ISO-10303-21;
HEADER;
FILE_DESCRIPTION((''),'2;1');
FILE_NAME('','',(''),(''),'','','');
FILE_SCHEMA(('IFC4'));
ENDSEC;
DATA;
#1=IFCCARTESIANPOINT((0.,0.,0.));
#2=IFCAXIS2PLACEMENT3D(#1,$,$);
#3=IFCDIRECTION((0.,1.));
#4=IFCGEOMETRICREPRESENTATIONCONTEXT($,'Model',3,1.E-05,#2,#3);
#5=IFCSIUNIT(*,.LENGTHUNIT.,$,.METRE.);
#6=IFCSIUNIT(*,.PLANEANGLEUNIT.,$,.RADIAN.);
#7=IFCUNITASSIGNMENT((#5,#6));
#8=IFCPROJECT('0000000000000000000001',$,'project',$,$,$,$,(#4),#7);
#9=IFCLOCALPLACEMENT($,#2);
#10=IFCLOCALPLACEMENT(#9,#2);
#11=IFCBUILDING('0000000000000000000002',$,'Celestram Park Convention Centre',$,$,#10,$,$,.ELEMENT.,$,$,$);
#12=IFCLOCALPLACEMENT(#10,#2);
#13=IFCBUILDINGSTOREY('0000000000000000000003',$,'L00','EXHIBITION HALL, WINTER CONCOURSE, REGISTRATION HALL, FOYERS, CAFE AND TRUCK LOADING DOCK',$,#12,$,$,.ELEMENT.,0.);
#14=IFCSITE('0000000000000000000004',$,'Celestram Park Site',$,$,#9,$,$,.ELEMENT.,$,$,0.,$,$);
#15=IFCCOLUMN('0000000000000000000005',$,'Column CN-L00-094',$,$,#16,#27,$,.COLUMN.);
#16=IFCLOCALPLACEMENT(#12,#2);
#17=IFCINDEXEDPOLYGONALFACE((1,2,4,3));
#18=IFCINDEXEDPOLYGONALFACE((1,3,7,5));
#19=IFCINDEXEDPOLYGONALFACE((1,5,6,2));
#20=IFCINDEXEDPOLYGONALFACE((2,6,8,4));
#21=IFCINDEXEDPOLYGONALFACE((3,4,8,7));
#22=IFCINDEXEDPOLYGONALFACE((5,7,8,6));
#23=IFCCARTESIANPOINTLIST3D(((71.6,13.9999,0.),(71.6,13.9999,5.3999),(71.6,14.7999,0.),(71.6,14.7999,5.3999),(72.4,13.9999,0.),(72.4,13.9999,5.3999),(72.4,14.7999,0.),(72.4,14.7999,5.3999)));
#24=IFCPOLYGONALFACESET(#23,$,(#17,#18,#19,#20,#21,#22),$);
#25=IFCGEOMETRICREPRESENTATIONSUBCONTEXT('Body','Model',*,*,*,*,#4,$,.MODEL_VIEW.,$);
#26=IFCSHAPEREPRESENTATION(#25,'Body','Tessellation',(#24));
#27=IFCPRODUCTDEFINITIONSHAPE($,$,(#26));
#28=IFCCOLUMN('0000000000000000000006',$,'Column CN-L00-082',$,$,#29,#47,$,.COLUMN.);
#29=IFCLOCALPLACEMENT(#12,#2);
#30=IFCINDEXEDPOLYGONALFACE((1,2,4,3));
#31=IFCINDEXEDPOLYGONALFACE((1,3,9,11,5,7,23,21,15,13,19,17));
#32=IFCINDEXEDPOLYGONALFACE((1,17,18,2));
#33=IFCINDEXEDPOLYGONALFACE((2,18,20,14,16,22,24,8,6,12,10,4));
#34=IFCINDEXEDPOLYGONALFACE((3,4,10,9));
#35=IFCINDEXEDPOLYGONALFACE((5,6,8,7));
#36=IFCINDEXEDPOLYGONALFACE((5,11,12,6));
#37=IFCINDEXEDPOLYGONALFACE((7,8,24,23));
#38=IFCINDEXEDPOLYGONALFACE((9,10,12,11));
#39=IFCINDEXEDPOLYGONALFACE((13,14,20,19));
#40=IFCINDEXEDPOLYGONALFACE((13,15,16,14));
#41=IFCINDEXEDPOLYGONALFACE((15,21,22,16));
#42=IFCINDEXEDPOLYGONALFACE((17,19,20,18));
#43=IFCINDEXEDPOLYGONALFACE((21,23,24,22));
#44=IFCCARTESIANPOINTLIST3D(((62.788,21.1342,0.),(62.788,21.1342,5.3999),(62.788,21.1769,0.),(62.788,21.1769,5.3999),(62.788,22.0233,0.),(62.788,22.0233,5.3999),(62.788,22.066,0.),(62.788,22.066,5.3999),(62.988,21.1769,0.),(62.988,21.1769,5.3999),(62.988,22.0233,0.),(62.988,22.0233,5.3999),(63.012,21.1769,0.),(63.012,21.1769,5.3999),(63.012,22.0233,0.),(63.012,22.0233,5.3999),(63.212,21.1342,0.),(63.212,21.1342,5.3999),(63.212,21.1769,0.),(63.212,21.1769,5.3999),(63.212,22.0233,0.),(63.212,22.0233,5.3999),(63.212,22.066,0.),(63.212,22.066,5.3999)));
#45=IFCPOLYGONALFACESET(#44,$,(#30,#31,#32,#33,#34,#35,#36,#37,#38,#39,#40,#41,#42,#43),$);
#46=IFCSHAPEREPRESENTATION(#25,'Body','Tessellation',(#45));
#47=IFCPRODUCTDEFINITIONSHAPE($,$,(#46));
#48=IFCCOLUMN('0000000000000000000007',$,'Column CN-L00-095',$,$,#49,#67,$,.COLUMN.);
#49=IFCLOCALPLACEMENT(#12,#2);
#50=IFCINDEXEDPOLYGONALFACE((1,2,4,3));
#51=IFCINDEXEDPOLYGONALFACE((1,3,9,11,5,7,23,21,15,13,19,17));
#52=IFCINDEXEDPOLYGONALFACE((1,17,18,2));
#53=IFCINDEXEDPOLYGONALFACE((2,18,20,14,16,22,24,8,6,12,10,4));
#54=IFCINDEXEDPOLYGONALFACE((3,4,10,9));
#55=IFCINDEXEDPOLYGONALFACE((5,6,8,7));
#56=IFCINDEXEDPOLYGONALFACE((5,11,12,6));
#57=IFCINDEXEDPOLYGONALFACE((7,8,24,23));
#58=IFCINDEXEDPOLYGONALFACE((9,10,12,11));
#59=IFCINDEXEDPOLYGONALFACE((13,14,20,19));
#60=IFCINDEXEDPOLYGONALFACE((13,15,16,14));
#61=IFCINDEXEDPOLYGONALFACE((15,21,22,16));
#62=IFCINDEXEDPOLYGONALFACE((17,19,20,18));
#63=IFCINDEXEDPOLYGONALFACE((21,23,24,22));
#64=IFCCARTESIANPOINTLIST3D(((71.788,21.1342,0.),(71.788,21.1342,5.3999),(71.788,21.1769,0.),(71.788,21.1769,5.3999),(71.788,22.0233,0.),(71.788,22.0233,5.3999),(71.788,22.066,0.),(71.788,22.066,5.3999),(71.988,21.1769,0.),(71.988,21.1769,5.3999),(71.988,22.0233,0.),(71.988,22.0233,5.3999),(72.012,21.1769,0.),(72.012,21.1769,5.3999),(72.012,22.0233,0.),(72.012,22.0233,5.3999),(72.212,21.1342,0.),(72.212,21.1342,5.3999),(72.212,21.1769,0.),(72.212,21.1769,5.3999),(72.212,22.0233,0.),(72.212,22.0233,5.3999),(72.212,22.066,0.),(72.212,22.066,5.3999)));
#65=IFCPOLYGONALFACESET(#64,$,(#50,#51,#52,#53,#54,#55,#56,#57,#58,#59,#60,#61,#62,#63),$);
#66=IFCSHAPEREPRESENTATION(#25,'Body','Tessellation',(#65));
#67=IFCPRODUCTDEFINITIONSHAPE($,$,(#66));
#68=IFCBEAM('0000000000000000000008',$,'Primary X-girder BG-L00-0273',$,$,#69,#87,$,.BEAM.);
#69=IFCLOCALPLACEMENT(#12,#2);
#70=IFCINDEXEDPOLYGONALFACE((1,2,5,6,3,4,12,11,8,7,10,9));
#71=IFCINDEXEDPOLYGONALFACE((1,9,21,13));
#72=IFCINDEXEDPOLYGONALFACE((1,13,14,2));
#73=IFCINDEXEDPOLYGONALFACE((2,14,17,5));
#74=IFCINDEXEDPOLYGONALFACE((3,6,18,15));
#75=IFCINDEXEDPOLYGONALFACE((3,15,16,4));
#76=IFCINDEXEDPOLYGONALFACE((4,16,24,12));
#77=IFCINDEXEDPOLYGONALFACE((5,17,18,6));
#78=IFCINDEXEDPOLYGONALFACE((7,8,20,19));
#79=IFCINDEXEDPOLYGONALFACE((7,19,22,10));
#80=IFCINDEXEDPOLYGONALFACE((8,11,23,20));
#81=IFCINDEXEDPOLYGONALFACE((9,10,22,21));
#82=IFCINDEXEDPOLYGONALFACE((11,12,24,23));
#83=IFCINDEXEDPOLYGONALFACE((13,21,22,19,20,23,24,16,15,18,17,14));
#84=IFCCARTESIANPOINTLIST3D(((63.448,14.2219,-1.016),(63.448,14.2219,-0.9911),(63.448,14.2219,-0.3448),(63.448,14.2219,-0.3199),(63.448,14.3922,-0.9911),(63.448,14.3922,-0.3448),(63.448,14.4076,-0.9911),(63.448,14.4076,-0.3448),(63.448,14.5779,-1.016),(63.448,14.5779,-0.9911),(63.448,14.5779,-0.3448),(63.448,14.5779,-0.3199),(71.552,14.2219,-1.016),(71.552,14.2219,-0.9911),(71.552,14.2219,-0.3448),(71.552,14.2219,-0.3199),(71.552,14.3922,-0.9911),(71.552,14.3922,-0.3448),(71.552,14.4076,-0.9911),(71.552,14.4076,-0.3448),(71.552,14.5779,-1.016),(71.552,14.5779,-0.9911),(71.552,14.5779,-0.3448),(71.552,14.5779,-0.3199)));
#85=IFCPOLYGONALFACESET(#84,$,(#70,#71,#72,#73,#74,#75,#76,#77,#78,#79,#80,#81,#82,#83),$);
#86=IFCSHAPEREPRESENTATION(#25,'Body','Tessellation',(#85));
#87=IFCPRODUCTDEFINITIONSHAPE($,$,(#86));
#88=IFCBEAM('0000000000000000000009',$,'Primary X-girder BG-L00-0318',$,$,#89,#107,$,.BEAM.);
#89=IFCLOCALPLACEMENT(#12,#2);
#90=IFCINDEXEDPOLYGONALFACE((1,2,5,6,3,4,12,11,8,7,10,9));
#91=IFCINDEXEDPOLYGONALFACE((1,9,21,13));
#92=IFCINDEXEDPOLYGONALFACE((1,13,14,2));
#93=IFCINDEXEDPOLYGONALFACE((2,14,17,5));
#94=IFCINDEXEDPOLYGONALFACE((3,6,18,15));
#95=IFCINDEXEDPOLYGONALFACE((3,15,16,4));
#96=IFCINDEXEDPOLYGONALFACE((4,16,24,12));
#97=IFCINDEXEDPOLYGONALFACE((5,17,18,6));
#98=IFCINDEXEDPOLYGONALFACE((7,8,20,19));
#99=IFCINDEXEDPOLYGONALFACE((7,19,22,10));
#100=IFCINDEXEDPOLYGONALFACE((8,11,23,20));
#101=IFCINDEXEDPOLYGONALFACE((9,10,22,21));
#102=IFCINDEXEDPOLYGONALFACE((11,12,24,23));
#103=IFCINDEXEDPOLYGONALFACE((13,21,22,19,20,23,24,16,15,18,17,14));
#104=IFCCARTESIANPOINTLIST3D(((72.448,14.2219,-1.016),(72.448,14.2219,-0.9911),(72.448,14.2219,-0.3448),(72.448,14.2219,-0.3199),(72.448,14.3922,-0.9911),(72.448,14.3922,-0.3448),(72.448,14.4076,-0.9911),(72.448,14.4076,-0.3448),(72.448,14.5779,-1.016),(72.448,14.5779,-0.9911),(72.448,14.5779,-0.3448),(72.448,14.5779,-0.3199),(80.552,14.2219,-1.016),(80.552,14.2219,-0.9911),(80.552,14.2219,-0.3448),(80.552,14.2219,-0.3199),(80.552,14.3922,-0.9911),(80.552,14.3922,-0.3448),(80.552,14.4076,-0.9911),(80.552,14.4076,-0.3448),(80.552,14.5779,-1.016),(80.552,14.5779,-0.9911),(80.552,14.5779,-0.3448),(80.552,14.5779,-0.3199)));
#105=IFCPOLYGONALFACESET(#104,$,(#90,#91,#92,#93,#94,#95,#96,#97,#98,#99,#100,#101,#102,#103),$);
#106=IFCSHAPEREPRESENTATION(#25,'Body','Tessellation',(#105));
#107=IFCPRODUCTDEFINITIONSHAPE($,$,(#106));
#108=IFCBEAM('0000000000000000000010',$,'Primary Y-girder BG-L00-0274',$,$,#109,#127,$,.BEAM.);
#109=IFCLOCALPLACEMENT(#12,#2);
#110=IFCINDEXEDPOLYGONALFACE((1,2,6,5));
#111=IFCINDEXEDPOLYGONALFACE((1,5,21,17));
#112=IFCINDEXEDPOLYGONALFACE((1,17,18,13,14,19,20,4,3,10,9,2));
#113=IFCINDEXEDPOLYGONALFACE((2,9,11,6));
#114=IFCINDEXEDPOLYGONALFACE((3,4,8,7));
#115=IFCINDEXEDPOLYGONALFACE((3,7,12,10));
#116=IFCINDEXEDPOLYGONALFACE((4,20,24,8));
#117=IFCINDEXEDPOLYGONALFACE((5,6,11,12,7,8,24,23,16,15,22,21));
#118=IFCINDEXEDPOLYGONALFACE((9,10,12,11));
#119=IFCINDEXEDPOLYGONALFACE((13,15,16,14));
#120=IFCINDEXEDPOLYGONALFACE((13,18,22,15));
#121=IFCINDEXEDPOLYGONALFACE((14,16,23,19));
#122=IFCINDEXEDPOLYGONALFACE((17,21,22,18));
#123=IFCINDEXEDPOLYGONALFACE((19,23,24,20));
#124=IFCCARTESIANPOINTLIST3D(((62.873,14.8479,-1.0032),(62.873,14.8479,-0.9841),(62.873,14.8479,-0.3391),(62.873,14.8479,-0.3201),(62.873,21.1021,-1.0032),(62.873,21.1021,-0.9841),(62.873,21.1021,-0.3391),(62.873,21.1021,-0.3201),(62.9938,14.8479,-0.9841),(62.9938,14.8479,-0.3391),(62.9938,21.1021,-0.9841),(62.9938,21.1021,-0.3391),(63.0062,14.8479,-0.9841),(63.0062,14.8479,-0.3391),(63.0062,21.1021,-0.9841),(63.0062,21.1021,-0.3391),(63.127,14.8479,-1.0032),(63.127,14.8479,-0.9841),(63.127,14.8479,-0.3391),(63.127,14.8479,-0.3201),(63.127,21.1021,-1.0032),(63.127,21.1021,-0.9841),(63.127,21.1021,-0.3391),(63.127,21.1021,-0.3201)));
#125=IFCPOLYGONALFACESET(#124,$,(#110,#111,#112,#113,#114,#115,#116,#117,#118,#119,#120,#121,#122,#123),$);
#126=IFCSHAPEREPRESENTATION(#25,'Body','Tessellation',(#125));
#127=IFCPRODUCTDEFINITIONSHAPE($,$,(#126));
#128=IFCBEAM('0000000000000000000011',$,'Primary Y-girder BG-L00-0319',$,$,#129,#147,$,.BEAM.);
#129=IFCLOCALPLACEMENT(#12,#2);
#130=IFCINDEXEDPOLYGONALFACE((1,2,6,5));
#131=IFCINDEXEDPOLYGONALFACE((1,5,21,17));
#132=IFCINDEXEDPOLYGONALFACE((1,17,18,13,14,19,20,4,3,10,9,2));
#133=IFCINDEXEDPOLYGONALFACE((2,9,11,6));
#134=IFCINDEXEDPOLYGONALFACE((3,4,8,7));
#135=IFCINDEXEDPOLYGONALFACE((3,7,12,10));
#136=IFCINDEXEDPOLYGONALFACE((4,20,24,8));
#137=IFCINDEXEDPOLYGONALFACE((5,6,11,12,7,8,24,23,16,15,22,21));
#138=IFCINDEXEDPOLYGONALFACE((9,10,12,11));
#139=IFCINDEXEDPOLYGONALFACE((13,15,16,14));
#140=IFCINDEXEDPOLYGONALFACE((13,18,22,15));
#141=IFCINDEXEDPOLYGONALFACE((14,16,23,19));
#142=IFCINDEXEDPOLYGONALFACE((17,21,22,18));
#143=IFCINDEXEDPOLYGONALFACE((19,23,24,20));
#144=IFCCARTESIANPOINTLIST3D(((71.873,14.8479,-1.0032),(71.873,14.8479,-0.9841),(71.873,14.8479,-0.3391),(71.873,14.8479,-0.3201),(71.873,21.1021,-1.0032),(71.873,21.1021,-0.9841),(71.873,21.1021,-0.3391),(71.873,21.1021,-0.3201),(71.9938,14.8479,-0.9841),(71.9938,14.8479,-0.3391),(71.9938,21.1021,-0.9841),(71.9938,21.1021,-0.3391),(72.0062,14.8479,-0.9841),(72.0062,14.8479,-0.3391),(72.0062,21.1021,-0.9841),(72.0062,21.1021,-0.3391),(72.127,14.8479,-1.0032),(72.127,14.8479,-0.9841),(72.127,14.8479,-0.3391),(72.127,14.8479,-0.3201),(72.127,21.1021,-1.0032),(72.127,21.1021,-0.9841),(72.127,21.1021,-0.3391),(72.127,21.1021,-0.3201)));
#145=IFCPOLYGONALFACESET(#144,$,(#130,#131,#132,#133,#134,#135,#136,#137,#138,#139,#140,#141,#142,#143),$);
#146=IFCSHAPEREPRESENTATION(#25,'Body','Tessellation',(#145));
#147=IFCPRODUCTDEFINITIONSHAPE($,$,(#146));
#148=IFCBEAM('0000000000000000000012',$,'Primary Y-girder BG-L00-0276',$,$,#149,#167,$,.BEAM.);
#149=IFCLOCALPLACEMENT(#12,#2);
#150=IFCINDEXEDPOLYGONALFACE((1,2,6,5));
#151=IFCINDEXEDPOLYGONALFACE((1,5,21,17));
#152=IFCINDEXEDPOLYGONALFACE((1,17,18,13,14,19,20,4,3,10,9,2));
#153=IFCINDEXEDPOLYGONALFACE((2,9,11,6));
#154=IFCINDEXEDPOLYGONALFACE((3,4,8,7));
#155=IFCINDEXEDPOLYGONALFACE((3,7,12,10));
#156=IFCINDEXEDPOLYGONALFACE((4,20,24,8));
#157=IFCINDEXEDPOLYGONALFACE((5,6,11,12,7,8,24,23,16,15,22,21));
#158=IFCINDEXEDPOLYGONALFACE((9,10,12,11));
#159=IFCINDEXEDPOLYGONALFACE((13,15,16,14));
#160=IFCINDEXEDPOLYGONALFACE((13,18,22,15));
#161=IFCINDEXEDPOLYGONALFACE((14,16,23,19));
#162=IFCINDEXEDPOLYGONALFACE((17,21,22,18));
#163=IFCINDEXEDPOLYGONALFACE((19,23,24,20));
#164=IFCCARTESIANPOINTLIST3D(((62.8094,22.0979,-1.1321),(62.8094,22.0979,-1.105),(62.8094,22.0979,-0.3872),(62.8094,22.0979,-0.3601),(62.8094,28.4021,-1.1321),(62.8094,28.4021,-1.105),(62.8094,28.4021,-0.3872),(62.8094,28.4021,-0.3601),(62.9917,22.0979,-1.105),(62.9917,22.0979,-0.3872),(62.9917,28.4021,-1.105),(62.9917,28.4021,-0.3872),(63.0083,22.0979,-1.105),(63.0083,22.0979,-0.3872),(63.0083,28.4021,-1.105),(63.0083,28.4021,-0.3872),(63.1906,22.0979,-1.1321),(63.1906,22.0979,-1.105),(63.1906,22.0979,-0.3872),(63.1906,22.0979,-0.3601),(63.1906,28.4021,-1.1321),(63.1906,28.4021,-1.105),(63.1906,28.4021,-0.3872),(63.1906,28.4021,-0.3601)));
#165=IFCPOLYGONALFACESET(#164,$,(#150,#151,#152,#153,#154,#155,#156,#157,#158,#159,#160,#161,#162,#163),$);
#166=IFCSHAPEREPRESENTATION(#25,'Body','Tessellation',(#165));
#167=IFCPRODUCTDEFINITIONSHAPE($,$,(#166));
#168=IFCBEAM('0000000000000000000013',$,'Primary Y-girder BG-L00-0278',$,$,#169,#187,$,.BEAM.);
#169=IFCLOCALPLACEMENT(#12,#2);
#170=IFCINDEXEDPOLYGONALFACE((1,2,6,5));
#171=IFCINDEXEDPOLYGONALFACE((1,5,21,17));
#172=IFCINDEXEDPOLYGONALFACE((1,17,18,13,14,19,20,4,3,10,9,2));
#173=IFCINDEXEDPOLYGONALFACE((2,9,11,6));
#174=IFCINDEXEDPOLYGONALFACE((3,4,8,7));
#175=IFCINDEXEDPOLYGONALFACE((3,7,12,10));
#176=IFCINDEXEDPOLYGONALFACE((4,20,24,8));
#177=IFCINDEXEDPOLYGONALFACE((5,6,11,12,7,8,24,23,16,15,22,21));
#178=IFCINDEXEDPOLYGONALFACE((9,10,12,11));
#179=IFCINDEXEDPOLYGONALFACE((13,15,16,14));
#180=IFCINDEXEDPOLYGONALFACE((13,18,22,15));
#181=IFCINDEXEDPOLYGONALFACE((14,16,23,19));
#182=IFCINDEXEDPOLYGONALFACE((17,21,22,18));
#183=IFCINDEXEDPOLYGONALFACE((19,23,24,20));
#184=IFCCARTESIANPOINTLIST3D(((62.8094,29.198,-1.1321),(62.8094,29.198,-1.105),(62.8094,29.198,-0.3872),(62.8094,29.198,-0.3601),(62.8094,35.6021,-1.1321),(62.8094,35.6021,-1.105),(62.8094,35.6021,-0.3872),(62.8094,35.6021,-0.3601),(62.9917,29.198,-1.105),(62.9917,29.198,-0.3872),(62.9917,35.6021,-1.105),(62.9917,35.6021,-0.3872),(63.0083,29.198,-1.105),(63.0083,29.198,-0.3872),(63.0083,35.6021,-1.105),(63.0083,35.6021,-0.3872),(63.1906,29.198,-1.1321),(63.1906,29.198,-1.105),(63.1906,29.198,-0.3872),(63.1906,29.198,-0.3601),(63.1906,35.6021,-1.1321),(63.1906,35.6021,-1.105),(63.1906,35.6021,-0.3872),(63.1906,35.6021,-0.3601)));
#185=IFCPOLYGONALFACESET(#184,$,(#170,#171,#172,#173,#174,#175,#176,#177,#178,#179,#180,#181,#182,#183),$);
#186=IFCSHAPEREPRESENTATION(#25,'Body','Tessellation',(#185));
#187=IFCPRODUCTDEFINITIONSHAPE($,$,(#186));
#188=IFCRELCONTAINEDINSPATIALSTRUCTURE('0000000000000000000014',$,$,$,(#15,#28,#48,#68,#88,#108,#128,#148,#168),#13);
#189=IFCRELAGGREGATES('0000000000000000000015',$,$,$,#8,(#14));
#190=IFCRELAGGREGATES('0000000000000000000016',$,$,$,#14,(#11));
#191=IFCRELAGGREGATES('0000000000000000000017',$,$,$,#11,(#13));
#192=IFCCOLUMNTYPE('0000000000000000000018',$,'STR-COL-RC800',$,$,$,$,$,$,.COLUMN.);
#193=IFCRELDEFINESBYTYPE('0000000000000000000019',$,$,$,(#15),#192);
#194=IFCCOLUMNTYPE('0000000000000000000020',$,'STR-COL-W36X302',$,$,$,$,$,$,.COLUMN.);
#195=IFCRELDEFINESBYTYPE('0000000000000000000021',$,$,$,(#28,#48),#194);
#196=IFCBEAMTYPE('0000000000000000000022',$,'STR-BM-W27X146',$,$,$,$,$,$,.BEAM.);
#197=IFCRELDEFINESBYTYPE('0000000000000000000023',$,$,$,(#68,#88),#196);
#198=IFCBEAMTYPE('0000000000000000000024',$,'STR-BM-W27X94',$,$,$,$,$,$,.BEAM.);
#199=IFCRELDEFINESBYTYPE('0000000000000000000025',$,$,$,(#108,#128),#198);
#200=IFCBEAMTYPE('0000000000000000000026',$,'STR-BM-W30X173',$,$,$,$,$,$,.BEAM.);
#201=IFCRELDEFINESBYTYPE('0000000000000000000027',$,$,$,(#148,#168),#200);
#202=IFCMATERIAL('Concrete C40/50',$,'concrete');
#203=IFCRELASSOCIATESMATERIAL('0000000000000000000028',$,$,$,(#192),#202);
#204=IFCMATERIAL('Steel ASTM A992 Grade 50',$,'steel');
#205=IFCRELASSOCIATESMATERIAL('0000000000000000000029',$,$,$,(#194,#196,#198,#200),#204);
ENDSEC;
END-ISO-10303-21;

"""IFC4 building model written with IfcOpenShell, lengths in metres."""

from ifc_helpers import new_model, si_unit, direction, frame, origin, origin_2d, place, context, subcontext, project, spatial, rectangle, i_section, extrude, material, material_profile, profile_set, type_object, element, save


model = new_model("IFC4")

# Units and contexts
model_context = context("Model", 3, precision=1e-05, world=origin(), true_north=direction((0.0, 1.0)))
body_context = subcontext(model_context, "Body", "Model", "MODEL_VIEW")
ifc_project = project(units=[si_unit("LENGTHUNIT", "METRE"), si_unit("PLANEANGLEUNIT", "RADIAN")], contexts=[model_context])

# Site, building, storey
site_placement = place(None, origin())
site = spatial("IfcSite", under=ifc_project, at=site_placement, Name="Celestram Park Site", CompositionType="ELEMENT", RefElevation=0.0)
building_placement = place(site_placement, origin())
building = spatial("IfcBuilding", under=site, at=building_placement, Name="Celestram Park Convention Centre", CompositionType="ELEMENT")
storey_placement = place(building_placement, origin())
storey = spatial("IfcBuildingStorey", under=building, at=storey_placement, Name="L00", Description="EXHIBITION HALL, WINTER CONCOURSE, REGISTRATION HALL, FOYERS, CAFE AND TRUCK LOADING DOCK", CompositionType="ELEMENT", Elevation=0.0)

# Columns
ifc_material_1 = material(Name="Concrete C40/50", Category="concrete")
ifc_material_profile_1 = material_profile(ifc_material_1, rectangle(XDim=0.8, YDim=0.8, at=origin_2d()), Name="RC800X800")
ifc_profile_set_1 = profile_set([ifc_material_profile_1], Name="Concrete C40/50")
column_type_1 = type_object("IfcColumnType", Name="STR-COL-RC800", PredefinedType="COLUMN", material=ifc_profile_set_1)
column_placement = place(storey_placement, frame((72.0, 14.3999, 0.0), z_axis=(0.0, 0.0, 1.0), x_axis=(1.0, 0.0, 0.0)))
element("IfcColumn", 1, at=column_placement, inside=storey, type_object=column_type_1, Name="Column CN-L00-094", PredefinedType="COLUMN", context=body_context, shape_type="SweptSolid", body=[
    extrude(rectangle(XDim=0.8, YDim=0.8, at=origin_2d()), origin(), (0.0, 0.0, 1.0), 5.3999),
])
ifc_material_2 = material(Name="Steel ASTM A992 Grade 50", Category="steel")
ifc_material_profile_2 = material_profile(ifc_material_2, i_section(OverallWidth=0.4241, OverallDepth=0.9319, WebThickness=0.0239, FlangeThickness=0.0427, at=origin_2d()), Name="W36X302")
ifc_profile_set_2 = profile_set([ifc_material_profile_2], Name="Steel ASTM A992 Grade 50")
column_type_2 = type_object("IfcColumnType", Name="STR-COL-W36X302", PredefinedType="COLUMN", material=ifc_profile_set_2)
for number, where, z_axis, x_axis, name in (
    (2, (63.0, 21.6001, 0.0), (0.0, 0.0, 1.0), (1.0, 0.0, 0.0), "Column CN-L00-082"),
    (3, (72.0, 21.6001, 0.0), (0.0, 0.0, 1.0), (1.0, 0.0, 0.0), "Column CN-L00-095"),
):
    element("IfcColumn", number, at=place(storey_placement, frame(where, z_axis=z_axis, x_axis=x_axis)), inside=storey, type_object=column_type_2, Name=name, PredefinedType="COLUMN", context=body_context, shape_type="SweptSolid", body=[
        extrude(i_section(OverallWidth=0.4241, OverallDepth=0.9319, WebThickness=0.0239, FlangeThickness=0.0427, at=origin_2d()), origin(), (0.0, 0.0, 1.0), 5.3999),
    ])

# Beams
ifc_material_profile_3 = material_profile(ifc_material_2, i_section(OverallWidth=0.356, OverallDepth=0.696, WebThickness=0.0154, FlangeThickness=0.0249, at=origin_2d()), Name="W27X146")
ifc_profile_set_3 = profile_set([ifc_material_profile_3], Name="Steel ASTM A992 Grade 50")
beam_type_1 = type_object("IfcBeamType", Name="STR-BM-W27X146", PredefinedType="BEAM", material=ifc_profile_set_3)
for number, where, z_axis, x_axis, name in (
    (4, (63.448, 14.3999, -0.668), (1.0, 0.0, 0.0), (0.0, 1.0, 0.0), "Primary X-girder BG-L00-0273"),
    (5, (72.448, 14.3999, -0.668), (1.0, 0.0, 0.0), (0.0, 1.0, 0.0), "Primary X-girder BG-L00-0318"),
):
    element("IfcBeam", number, at=place(storey_placement, frame(where, z_axis=z_axis, x_axis=x_axis)), inside=storey, type_object=beam_type_1, Name=name, PredefinedType="BEAM", context=body_context, shape_type="SweptSolid", body=[
        extrude(i_section(OverallWidth=0.356, OverallDepth=0.696, WebThickness=0.0154, FlangeThickness=0.0249, at=origin_2d()), origin(), (0.0, 0.0, 1.0), 8.104),
    ])
ifc_material_profile_4 = material_profile(ifc_material_2, i_section(OverallWidth=0.2539, OverallDepth=0.6831, WebThickness=0.0125, FlangeThickness=0.019, at=origin_2d()), Name="W27X94")
ifc_profile_set_4 = profile_set([ifc_material_profile_4], Name="Steel ASTM A992 Grade 50")
beam_type_2 = type_object("IfcBeamType", Name="STR-BM-W27X94", PredefinedType="BEAM", material=ifc_profile_set_4)
for number, where, z_axis, x_axis, name in (
    (6, (63.0, 14.8479, -0.6616), (0.0, 1.0, 0.0), (-1.0, 0.0, 0.0), "Primary Y-girder BG-L00-0274"),
    (7, (72.0, 14.8479, -0.6616), (0.0, 1.0, 0.0), (-1.0, 0.0, 0.0), "Primary Y-girder BG-L00-0319"),
):
    element("IfcBeam", number, at=place(storey_placement, frame(where, z_axis=z_axis, x_axis=x_axis)), inside=storey, type_object=beam_type_2, Name=name, PredefinedType="BEAM", context=body_context, shape_type="SweptSolid", body=[
        extrude(i_section(OverallWidth=0.2539, OverallDepth=0.6831, WebThickness=0.0125, FlangeThickness=0.019, at=origin_2d()), origin(), (0.0, 0.0, 1.0), 6.2542),
    ])
ifc_material_profile_5 = material_profile(ifc_material_2, i_section(OverallWidth=0.3811, OverallDepth=0.772, WebThickness=0.0166, FlangeThickness=0.0271, at=origin_2d()), Name="W30X173")
ifc_profile_set_5 = profile_set([ifc_material_profile_5], Name="Steel ASTM A992 Grade 50")
beam_type_3 = type_object("IfcBeamType", Name="STR-BM-W30X173", PredefinedType="BEAM", material=ifc_profile_set_5)
beam_1_placement = place(storey_placement, frame((63.0, 22.0979, -0.7461), z_axis=(0.0, 1.0, 0.0), x_axis=(-1.0, 0.0, 0.0)))
element("IfcBeam", 8, at=beam_1_placement, inside=storey, type_object=beam_type_3, Name="Primary Y-girder BG-L00-0276", PredefinedType="BEAM", context=body_context, shape_type="SweptSolid", body=[
    extrude(i_section(OverallWidth=0.3811, OverallDepth=0.772, WebThickness=0.0166, FlangeThickness=0.0271, at=origin_2d()), origin(), (0.0, 0.0, 1.0), 6.3042),
])
beam_2_placement = place(storey_placement, frame((63.0, 29.198, -0.7461), z_axis=(0.0, 1.0, 0.0), x_axis=(-1.0, 0.0, 0.0)))
element("IfcBeam", 9, at=beam_2_placement, inside=storey, type_object=beam_type_3, Name="Primary Y-girder BG-L00-0278", PredefinedType="BEAM", context=body_context, shape_type="SweptSolid", body=[
    extrude(i_section(OverallWidth=0.3811, OverallDepth=0.772, WebThickness=0.0166, FlangeThickness=0.0271, at=origin_2d()), origin(), (0.0, 0.0, 1.0), 6.4041),
])

save(model, "model.ifc")
